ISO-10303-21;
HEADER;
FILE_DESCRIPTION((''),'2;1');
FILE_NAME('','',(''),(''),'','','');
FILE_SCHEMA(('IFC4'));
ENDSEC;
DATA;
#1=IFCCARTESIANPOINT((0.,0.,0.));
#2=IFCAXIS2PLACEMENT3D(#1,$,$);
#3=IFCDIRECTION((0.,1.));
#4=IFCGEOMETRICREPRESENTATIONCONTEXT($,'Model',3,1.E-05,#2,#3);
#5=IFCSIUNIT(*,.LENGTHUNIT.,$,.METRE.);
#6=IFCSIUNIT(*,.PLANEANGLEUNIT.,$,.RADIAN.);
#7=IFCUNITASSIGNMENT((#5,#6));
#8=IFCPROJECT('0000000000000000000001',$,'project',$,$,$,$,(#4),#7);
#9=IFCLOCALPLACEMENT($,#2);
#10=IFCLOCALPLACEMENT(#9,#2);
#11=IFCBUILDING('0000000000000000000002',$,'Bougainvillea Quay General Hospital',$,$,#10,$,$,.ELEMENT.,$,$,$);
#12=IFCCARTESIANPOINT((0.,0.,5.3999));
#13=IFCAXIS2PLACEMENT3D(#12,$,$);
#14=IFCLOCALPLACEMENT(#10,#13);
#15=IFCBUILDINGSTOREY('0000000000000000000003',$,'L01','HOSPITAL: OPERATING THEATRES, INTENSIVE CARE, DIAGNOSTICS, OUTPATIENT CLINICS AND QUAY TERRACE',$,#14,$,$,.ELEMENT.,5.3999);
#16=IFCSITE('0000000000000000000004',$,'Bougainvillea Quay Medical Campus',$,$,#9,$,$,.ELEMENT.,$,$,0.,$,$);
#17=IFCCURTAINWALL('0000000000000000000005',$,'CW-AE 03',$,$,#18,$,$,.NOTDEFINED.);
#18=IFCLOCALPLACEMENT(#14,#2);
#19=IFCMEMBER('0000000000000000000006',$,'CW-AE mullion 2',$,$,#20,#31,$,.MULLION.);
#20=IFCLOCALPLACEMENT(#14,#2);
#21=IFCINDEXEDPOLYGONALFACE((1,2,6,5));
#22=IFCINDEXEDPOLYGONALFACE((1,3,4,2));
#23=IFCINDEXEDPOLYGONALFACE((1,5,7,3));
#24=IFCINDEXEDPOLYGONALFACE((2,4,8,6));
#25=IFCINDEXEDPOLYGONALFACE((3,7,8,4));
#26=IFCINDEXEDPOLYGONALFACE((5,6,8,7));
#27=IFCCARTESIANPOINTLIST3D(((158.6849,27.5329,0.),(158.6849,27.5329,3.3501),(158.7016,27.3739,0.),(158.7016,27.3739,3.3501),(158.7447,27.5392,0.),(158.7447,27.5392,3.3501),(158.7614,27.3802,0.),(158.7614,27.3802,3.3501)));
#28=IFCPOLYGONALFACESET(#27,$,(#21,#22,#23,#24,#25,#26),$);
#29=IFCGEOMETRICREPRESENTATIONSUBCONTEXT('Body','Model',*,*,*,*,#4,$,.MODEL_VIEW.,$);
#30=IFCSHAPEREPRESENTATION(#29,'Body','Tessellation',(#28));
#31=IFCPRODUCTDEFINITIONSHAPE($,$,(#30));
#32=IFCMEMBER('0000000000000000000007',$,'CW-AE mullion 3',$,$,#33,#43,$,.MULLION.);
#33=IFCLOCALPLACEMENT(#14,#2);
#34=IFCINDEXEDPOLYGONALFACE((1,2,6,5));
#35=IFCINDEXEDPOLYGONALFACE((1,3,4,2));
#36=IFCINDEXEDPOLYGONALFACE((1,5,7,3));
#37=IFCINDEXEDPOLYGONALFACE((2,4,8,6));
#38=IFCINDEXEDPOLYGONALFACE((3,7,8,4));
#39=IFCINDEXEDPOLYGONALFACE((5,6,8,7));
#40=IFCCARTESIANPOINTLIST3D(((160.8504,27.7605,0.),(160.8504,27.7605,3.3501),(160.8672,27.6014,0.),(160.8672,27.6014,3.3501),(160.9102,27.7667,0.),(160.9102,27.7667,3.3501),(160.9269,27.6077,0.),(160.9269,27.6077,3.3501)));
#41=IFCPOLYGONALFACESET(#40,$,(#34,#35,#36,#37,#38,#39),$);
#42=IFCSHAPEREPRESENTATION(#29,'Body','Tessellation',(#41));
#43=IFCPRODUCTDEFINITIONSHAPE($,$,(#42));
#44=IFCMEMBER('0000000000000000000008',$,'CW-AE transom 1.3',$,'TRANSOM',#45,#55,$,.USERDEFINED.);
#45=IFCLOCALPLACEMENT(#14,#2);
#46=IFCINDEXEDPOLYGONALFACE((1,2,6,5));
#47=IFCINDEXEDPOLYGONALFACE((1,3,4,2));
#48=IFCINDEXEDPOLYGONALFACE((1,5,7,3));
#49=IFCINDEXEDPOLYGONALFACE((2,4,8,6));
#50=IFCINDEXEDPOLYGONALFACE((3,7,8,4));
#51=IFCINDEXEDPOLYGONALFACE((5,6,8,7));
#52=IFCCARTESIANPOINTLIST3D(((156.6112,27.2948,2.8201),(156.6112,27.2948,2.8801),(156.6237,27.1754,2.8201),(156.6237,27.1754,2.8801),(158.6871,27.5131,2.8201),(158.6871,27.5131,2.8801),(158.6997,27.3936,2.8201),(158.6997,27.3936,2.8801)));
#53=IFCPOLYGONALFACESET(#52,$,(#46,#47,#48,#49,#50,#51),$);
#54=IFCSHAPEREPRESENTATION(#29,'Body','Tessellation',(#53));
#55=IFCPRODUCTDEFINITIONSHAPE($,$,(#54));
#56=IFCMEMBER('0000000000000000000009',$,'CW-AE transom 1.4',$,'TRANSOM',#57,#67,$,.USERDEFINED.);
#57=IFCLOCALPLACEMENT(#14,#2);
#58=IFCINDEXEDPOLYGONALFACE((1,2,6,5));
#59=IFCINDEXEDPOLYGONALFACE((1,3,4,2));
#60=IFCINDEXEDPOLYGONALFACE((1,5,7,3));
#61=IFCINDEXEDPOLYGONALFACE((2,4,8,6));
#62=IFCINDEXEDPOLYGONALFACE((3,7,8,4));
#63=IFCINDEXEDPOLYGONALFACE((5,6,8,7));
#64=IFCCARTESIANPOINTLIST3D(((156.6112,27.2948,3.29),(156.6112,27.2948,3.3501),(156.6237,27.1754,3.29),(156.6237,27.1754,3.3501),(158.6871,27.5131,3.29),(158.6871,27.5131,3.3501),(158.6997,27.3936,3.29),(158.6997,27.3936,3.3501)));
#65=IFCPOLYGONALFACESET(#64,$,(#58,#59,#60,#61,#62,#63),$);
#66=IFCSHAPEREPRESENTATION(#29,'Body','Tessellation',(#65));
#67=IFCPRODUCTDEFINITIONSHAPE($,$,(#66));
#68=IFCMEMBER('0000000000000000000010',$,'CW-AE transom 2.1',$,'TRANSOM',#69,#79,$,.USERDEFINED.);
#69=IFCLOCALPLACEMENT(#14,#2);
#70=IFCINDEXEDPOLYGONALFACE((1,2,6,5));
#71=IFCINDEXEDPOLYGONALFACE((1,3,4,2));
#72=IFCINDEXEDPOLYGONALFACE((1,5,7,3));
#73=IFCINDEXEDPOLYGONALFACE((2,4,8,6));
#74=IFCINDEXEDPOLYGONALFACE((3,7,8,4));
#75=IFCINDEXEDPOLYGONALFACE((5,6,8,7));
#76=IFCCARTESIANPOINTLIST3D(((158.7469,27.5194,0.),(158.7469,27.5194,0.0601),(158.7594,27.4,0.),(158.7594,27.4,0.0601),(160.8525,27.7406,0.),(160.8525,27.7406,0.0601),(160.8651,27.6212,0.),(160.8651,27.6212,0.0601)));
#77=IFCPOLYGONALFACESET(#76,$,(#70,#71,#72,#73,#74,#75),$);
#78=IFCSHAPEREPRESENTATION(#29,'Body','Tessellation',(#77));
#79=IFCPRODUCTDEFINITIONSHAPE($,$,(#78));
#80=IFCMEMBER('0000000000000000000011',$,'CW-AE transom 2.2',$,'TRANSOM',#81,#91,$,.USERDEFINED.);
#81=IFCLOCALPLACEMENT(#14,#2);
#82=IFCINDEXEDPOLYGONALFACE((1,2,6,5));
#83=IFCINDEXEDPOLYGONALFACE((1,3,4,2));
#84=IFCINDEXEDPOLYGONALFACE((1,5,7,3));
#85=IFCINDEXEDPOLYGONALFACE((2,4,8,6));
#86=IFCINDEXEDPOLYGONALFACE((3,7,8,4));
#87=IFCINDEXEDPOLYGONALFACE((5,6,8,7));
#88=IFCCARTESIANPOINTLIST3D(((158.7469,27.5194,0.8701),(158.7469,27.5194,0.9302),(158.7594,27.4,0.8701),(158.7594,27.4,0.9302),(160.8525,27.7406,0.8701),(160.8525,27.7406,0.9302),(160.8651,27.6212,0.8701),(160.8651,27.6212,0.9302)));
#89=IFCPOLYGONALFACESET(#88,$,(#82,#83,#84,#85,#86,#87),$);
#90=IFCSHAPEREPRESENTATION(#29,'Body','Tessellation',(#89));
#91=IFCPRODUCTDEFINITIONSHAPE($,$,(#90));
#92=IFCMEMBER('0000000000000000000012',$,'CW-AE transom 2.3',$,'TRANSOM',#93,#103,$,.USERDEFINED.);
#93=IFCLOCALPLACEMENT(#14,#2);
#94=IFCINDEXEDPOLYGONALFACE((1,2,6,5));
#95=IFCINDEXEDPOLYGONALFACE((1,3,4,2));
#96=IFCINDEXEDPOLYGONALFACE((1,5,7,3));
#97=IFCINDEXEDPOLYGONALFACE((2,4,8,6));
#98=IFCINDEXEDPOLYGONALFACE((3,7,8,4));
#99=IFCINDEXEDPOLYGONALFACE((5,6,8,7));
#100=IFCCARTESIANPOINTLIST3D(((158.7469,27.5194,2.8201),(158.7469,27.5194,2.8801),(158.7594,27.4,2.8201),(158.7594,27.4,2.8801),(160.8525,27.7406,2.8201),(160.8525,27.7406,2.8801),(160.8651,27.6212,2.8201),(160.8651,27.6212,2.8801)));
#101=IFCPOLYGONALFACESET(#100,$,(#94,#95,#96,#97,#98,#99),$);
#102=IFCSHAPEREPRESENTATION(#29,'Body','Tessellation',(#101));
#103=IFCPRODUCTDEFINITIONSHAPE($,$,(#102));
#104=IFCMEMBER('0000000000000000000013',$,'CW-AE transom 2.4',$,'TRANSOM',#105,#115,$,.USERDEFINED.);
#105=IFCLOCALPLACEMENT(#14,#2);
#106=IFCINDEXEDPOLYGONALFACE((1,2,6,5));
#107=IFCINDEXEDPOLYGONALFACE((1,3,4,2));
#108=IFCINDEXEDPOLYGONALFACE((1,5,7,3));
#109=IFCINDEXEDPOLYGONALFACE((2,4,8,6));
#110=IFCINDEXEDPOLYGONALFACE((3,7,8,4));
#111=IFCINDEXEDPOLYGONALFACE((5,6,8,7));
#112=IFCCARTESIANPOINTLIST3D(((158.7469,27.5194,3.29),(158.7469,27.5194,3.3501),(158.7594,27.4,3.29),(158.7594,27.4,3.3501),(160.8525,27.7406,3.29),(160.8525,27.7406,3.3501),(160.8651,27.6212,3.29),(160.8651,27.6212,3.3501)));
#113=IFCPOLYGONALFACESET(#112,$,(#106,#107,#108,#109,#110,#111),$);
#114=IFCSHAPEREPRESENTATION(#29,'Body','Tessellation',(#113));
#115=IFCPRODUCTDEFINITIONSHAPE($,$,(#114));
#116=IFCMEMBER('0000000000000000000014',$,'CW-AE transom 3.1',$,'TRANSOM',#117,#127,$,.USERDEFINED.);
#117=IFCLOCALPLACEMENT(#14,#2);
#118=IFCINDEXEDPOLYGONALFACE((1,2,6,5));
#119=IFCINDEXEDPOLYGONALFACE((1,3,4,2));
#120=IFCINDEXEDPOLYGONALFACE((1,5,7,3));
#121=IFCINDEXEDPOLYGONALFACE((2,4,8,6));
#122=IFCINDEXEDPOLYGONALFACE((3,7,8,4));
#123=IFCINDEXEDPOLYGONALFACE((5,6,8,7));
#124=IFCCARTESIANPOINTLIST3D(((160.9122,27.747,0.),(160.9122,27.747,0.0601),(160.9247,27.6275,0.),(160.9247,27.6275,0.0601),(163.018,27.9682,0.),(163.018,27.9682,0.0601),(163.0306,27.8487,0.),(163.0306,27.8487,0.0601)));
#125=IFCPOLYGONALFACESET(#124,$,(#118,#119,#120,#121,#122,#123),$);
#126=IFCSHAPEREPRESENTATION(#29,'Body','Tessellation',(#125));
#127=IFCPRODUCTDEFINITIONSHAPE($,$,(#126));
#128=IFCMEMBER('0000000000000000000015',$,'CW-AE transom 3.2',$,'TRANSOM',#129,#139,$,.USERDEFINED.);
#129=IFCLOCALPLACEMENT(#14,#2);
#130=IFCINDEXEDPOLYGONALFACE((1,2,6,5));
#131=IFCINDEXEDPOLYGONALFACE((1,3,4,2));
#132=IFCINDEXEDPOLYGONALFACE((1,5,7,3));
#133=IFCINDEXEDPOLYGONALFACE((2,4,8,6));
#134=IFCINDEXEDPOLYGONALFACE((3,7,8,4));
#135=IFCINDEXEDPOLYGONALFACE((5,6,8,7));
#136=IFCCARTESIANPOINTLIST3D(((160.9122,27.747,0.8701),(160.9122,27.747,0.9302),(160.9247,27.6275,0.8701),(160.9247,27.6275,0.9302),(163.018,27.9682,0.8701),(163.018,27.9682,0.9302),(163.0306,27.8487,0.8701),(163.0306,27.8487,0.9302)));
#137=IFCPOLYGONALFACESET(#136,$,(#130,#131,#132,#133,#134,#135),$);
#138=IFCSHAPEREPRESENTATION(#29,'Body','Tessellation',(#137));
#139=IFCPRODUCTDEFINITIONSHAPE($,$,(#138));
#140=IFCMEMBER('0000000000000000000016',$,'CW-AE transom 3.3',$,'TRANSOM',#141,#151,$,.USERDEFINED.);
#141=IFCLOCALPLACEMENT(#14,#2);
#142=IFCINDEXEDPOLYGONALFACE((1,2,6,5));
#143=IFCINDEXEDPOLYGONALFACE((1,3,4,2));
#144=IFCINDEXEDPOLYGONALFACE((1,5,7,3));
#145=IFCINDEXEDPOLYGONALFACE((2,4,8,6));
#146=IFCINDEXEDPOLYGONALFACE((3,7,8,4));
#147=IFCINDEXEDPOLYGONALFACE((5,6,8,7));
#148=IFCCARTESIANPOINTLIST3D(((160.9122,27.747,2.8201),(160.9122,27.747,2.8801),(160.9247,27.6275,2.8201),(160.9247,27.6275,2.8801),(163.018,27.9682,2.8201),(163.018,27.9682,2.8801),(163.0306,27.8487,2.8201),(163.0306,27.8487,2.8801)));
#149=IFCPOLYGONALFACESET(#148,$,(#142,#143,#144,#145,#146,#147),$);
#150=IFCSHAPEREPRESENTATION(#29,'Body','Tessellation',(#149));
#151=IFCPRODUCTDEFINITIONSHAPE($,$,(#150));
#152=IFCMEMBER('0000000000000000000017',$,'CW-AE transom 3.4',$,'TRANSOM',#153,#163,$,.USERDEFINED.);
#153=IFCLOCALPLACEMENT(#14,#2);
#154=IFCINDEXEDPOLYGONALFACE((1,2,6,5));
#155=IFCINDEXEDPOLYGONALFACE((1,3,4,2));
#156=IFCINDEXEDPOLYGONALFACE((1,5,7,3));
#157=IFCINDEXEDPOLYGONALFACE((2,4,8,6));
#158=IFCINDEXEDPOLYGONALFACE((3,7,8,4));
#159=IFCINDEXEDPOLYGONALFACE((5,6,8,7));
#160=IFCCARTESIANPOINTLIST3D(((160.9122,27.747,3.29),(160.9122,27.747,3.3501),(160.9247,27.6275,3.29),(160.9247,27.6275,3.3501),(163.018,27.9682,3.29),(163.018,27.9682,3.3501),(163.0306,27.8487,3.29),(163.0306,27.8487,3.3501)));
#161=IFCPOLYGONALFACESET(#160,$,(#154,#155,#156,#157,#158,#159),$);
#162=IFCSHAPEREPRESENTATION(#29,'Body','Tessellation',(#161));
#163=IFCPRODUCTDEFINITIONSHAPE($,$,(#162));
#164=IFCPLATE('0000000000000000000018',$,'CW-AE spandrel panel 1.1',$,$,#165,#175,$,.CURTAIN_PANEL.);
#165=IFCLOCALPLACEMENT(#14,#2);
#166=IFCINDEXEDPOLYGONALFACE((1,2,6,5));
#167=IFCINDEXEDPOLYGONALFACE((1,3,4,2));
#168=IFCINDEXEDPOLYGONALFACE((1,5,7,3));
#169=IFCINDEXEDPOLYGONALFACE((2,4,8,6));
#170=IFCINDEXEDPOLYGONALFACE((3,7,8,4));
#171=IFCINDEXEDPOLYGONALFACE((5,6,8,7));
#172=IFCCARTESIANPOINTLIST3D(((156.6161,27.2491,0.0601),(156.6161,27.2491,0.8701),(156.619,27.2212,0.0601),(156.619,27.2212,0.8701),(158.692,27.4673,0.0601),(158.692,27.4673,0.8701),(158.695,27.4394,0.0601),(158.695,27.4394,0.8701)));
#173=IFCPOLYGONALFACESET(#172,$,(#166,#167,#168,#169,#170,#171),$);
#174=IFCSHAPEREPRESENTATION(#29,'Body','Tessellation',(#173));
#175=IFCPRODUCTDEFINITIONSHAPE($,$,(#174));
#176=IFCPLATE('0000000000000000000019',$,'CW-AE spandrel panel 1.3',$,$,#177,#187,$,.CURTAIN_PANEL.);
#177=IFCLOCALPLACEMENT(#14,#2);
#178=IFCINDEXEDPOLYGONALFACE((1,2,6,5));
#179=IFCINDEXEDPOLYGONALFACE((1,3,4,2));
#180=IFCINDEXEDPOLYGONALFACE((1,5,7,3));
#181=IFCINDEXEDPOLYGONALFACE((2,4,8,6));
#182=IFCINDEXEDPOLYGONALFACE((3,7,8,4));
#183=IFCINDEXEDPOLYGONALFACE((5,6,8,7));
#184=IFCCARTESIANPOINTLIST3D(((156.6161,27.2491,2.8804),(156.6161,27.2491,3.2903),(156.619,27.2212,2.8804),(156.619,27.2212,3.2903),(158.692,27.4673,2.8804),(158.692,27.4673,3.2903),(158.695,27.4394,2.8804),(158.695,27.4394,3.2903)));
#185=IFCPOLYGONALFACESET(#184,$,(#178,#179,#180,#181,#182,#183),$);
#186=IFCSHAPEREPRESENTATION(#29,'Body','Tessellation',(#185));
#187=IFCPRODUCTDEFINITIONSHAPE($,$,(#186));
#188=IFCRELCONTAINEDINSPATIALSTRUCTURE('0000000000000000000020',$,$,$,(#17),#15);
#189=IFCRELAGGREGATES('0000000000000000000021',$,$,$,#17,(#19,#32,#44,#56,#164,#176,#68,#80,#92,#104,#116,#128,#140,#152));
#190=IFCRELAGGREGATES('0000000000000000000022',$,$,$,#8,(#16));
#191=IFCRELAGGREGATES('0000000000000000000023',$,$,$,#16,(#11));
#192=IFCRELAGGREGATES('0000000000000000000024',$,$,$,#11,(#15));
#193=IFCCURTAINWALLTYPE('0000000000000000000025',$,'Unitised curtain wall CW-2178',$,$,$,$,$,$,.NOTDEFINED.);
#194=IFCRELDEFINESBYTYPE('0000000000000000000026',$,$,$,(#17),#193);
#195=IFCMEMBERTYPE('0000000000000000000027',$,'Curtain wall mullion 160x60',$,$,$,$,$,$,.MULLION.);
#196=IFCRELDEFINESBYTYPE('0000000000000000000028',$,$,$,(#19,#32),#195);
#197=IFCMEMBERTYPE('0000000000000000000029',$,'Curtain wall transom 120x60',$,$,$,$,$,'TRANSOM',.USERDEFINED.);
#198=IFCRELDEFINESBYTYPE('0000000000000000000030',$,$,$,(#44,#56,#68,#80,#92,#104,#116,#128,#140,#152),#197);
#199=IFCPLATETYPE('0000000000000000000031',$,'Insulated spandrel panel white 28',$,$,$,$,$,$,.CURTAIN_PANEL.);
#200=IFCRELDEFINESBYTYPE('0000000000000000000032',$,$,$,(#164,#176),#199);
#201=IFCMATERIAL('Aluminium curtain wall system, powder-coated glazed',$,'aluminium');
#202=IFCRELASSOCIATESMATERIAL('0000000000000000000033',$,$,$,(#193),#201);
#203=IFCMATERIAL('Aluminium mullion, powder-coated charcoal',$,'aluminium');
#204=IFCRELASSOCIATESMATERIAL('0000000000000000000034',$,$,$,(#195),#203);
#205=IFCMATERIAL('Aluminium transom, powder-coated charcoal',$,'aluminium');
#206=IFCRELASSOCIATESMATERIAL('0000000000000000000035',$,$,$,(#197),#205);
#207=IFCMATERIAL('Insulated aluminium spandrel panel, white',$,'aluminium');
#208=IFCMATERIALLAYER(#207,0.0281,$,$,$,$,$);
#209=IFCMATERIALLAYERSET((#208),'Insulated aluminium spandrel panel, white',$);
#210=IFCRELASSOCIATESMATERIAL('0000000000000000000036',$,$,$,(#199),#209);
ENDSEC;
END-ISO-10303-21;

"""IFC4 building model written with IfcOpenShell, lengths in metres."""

from ifc_helpers import new_model, si_unit, direction, frame, origin, origin_2d, place, context, subcontext, project, spatial, rectangle, extrude, material, layer, layer_set, material_profile, profile_set, type_object, element, aggregate, save


model = new_model("IFC4")

# Units and contexts
model_context = context("Model", 3, precision=1e-05, world=origin(), true_north=direction((0.0, 1.0)))
body_context = subcontext(model_context, "Body", "Model", "MODEL_VIEW")
ifc_project = project(units=[si_unit("LENGTHUNIT", "METRE"), si_unit("PLANEANGLEUNIT", "RADIAN")], contexts=[model_context])

# Site, building, storey
site_placement = place(None, origin())
site = spatial("IfcSite", under=ifc_project, at=site_placement, Name="Bougainvillea Quay Medical Campus", CompositionType="ELEMENT", RefElevation=0.0)
building_placement = place(site_placement, origin())
building = spatial("IfcBuilding", under=site, at=building_placement, Name="Bougainvillea Quay General Hospital", CompositionType="ELEMENT")
storey_placement = place(building_placement, frame((0.0, 0.0, 5.3999)))
storey = spatial("IfcBuildingStorey", under=building, at=storey_placement, Name="L01", Description="HOSPITAL: OPERATING THEATRES, INTENSIVE CARE, DIAGNOSTICS, OUTPATIENT CLINICS AND QUAY TERRACE", CompositionType="ELEMENT", Elevation=5.3999)

# Curtain wall, members, plates
ifc_material_1 = material(Name="Aluminium curtain wall system, powder-coated glazed", Category="aluminium")
curtain_wall_type = type_object("IfcCurtainWallType", Name="Unitised curtain wall CW-2178", PredefinedType="NOTDEFINED", material=ifc_material_1)
curtain_wall_placement = place(storey_placement, origin())
curtain_wall = element("IfcCurtainWall", 1, at=curtain_wall_placement, inside=storey, type_object=curtain_wall_type, Name="CW-AE 03", PredefinedType="NOTDEFINED")
ifc_material_2 = material(Name="Aluminium mullion, powder-coated charcoal", Category="aluminium")
ifc_material_profile_1 = material_profile(ifc_material_2, rectangle(XDim=0.1599, YDim=0.0601, at=origin_2d()))
ifc_profile_set_1 = profile_set([ifc_material_profile_1], Name="Aluminium mullion, powder-coated charcoal")
member_type_1 = type_object("IfcMemberType", Name="Curtain wall mullion 160x60", PredefinedType="MULLION", material=ifc_profile_set_1)
member_1_placement = place(storey_placement, frame((158.7231, 27.4565, 0.0), z_axis=(0.0, 0.0, 1.0), x_axis=(-0.104527, 0.994522, 0.0)))
member_1 = element("IfcMember", 2, at=member_1_placement, type_object=member_type_1, Name="CW-AE mullion 2", PredefinedType="MULLION", context=body_context, shape_type="SweptSolid", body=[
    extrude(rectangle(XDim=0.1599, YDim=0.0601, at=origin_2d()), origin(), (0.0, 0.0, 1.0), 3.3501),
])
member_2_placement = place(storey_placement, frame((160.8887, 27.6841, 0.0), z_axis=(0.0, 0.0, 1.0), x_axis=(-0.104527, 0.994522, 0.0)))
member_2 = element("IfcMember", 3, at=member_2_placement, type_object=member_type_1, Name="CW-AE mullion 3", PredefinedType="MULLION", context=body_context, shape_type="SweptSolid", body=[
    extrude(rectangle(XDim=0.1599, YDim=0.0601, at=origin_2d()), origin(), (0.0, 0.0, 1.0), 3.3501),
])
ifc_material_3 = material(Name="Aluminium transom, powder-coated charcoal", Category="aluminium")
ifc_material_profile_2 = material_profile(ifc_material_3, rectangle(XDim=0.1201, YDim=0.0601, at=origin_2d()))
ifc_profile_set_2 = profile_set([ifc_material_profile_2], Name="Aluminium transom, powder-coated charcoal")
member_type_2 = type_object("IfcMemberType", Name="Curtain wall transom 120x60", ElementType="TRANSOM", PredefinedType="USERDEFINED", material=ifc_profile_set_2)
member_3_placement = place(storey_placement, frame((156.6174, 27.2351, 2.8501), z_axis=(0.994518, 0.104563, 0.0), x_axis=(-0.104563, 0.994518, 0.0)))
member_3 = element("IfcMember", 4, at=member_3_placement, type_object=member_type_2, Name="CW-AE transom 1.3", ObjectType="TRANSOM", PredefinedType="USERDEFINED", context=body_context, shape_type="SweptSolid", body=[
    extrude(rectangle(XDim=0.1201, YDim=0.0601, at=origin_2d()), origin(), (0.0, 0.0, 1.0), 2.0874),
])
member_4_placement = place(storey_placement, frame((156.6174, 27.2351, 3.3201), z_axis=(0.994518, 0.104563, 0.0), x_axis=(-0.104563, 0.994518, 0.0)))
member_4 = element("IfcMember", 5, at=member_4_placement, type_object=member_type_2, Name="CW-AE transom 1.4", ObjectType="TRANSOM", PredefinedType="USERDEFINED", context=body_context, shape_type="SweptSolid", body=[
    extrude(rectangle(XDim=0.1201, YDim=0.0601, at=origin_2d()), origin(), (0.0, 0.0, 1.0), 2.0874),
])
member_5_placement = place(storey_placement, frame((158.7532, 27.4597, 0.03), z_axis=(0.994528, 0.104469, 0.0), x_axis=(-0.104469, 0.994528, 0.0)))
member_5 = element("IfcMember", 6, at=member_5_placement, type_object=member_type_2, Name="CW-AE transom 2.1", ObjectType="TRANSOM", PredefinedType="USERDEFINED", context=body_context, shape_type="SweptSolid", body=[
    extrude(rectangle(XDim=0.1201, YDim=0.0601, at=origin_2d()), origin(), (0.0, 0.0, 1.0), 2.1172),
])
member_6_placement = place(storey_placement, frame((158.7532, 27.4597, 0.9001), z_axis=(0.994528, 0.104469, 0.0), x_axis=(-0.104469, 0.994528, 0.0)))
member_6 = element("IfcMember", 7, at=member_6_placement, type_object=member_type_2, Name="CW-AE transom 2.2", ObjectType="TRANSOM", PredefinedType="USERDEFINED", context=body_context, shape_type="SweptSolid", body=[
    extrude(rectangle(XDim=0.1201, YDim=0.0601, at=origin_2d()), origin(), (0.0, 0.0, 1.0), 2.1172),
])
member_7_placement = place(storey_placement, frame((158.7532, 27.4597, 2.8501), z_axis=(0.994528, 0.104469, 0.0), x_axis=(-0.104469, 0.994528, 0.0)))
member_7 = element("IfcMember", 8, at=member_7_placement, type_object=member_type_2, Name="CW-AE transom 2.3", ObjectType="TRANSOM", PredefinedType="USERDEFINED", context=body_context, shape_type="SweptSolid", body=[
    extrude(rectangle(XDim=0.1201, YDim=0.0601, at=origin_2d()), origin(), (0.0, 0.0, 1.0), 2.1172),
])
member_8_placement = place(storey_placement, frame((158.7532, 27.4597, 3.3201), z_axis=(0.994528, 0.104469, 0.0), x_axis=(-0.104469, 0.994528, 0.0)))
member_8 = element("IfcMember", 9, at=member_8_placement, type_object=member_type_2, Name="CW-AE transom 2.4", ObjectType="TRANSOM", PredefinedType="USERDEFINED", context=body_context, shape_type="SweptSolid", body=[
    extrude(rectangle(XDim=0.1201, YDim=0.0601, at=origin_2d()), origin(), (0.0, 0.0, 1.0), 2.1172),
])
member_9_placement = place(storey_placement, frame((160.9185, 27.6873, 0.03), z_axis=(0.994529, 0.104457, 0.0), x_axis=(-0.104457, 0.994529, 0.0)))
member_9 = element("IfcMember", 10, at=member_9_placement, type_object=member_type_2, Name="CW-AE transom 3.1", ObjectType="TRANSOM", PredefinedType="USERDEFINED", context=body_context, shape_type="SweptSolid", body=[
    extrude(rectangle(XDim=0.1201, YDim=0.0601, at=origin_2d()), origin(), (0.0, 0.0, 1.0), 2.1174),
])
member_10_placement = place(storey_placement, frame((160.9185, 27.6873, 0.9001), z_axis=(0.994529, 0.104457, 0.0), x_axis=(-0.104457, 0.994529, 0.0)))
member_10 = element("IfcMember", 11, at=member_10_placement, type_object=member_type_2, Name="CW-AE transom 3.2", ObjectType="TRANSOM", PredefinedType="USERDEFINED", context=body_context, shape_type="SweptSolid", body=[
    extrude(rectangle(XDim=0.1201, YDim=0.0601, at=origin_2d()), origin(), (0.0, 0.0, 1.0), 2.1174),
])
member_11_placement = place(storey_placement, frame((160.9185, 27.6873, 2.8501), z_axis=(0.994529, 0.104457, 0.0), x_axis=(-0.104457, 0.994529, 0.0)))
member_11 = element("IfcMember", 12, at=member_11_placement, type_object=member_type_2, Name="CW-AE transom 3.3", ObjectType="TRANSOM", PredefinedType="USERDEFINED", context=body_context, shape_type="SweptSolid", body=[
    extrude(rectangle(XDim=0.1201, YDim=0.0601, at=origin_2d()), origin(), (0.0, 0.0, 1.0), 2.1174),
])
member_12_placement = place(storey_placement, frame((160.9185, 27.6873, 3.3201), z_axis=(0.994529, 0.104457, 0.0), x_axis=(-0.104457, 0.994529, 0.0)))
member_12 = element("IfcMember", 13, at=member_12_placement, type_object=member_type_2, Name="CW-AE transom 3.4", ObjectType="TRANSOM", PredefinedType="USERDEFINED", context=body_context, shape_type="SweptSolid", body=[
    extrude(rectangle(XDim=0.1201, YDim=0.0601, at=origin_2d()), origin(), (0.0, 0.0, 1.0), 2.1174),
])
ifc_material_4 = material(Name="Insulated aluminium spandrel panel, white", Category="aluminium")
ifc_layer_1 = layer(ifc_material_4, 0.0281)
ifc_layer_set_1 = layer_set([ifc_layer_1], Name="Insulated aluminium spandrel panel, white")
plate_type_1 = type_object("IfcPlateType", Name="Insulated spandrel panel white 28", PredefinedType="CURTAIN_PANEL", material=ifc_layer_set_1)
plate_1_placement = place(storey_placement, frame((157.6555, 27.3442, 0.0601), z_axis=(0.0, 0.0, 1.0), x_axis=(0.994522, 0.104527, 0.0)))
plate_1 = element("IfcPlate", 14, at=plate_1_placement, type_object=plate_type_1, Name="CW-AE spandrel panel 1.1", PredefinedType="CURTAIN_PANEL", context=body_context, shape_type="SweptSolid", body=[
    extrude(rectangle(XDim=2.0874, YDim=0.0281, at=origin_2d()), origin(), (0.0, 0.0, 1.0), 0.8101),
])
plate_2_placement = place(storey_placement, frame((157.6555, 27.3442, 2.8804), z_axis=(0.0, 0.0, 1.0), x_axis=(0.994522, 0.104527, 0.0)))
plate_2 = element("IfcPlate", 15, at=plate_2_placement, type_object=plate_type_1, Name="CW-AE spandrel panel 1.3", PredefinedType="CURTAIN_PANEL", context=body_context, shape_type="SweptSolid", body=[
    extrude(rectangle(XDim=2.0874, YDim=0.0281, at=origin_2d()), origin(), (0.0, 0.0, 1.0), 0.4099),
])
aggregate(curtain_wall, [member_1, member_2, member_3, member_4, plate_1, plate_2, member_5, member_6, member_7, member_8, member_9, member_10, member_11, member_12])

save(model, "model.ifc")
